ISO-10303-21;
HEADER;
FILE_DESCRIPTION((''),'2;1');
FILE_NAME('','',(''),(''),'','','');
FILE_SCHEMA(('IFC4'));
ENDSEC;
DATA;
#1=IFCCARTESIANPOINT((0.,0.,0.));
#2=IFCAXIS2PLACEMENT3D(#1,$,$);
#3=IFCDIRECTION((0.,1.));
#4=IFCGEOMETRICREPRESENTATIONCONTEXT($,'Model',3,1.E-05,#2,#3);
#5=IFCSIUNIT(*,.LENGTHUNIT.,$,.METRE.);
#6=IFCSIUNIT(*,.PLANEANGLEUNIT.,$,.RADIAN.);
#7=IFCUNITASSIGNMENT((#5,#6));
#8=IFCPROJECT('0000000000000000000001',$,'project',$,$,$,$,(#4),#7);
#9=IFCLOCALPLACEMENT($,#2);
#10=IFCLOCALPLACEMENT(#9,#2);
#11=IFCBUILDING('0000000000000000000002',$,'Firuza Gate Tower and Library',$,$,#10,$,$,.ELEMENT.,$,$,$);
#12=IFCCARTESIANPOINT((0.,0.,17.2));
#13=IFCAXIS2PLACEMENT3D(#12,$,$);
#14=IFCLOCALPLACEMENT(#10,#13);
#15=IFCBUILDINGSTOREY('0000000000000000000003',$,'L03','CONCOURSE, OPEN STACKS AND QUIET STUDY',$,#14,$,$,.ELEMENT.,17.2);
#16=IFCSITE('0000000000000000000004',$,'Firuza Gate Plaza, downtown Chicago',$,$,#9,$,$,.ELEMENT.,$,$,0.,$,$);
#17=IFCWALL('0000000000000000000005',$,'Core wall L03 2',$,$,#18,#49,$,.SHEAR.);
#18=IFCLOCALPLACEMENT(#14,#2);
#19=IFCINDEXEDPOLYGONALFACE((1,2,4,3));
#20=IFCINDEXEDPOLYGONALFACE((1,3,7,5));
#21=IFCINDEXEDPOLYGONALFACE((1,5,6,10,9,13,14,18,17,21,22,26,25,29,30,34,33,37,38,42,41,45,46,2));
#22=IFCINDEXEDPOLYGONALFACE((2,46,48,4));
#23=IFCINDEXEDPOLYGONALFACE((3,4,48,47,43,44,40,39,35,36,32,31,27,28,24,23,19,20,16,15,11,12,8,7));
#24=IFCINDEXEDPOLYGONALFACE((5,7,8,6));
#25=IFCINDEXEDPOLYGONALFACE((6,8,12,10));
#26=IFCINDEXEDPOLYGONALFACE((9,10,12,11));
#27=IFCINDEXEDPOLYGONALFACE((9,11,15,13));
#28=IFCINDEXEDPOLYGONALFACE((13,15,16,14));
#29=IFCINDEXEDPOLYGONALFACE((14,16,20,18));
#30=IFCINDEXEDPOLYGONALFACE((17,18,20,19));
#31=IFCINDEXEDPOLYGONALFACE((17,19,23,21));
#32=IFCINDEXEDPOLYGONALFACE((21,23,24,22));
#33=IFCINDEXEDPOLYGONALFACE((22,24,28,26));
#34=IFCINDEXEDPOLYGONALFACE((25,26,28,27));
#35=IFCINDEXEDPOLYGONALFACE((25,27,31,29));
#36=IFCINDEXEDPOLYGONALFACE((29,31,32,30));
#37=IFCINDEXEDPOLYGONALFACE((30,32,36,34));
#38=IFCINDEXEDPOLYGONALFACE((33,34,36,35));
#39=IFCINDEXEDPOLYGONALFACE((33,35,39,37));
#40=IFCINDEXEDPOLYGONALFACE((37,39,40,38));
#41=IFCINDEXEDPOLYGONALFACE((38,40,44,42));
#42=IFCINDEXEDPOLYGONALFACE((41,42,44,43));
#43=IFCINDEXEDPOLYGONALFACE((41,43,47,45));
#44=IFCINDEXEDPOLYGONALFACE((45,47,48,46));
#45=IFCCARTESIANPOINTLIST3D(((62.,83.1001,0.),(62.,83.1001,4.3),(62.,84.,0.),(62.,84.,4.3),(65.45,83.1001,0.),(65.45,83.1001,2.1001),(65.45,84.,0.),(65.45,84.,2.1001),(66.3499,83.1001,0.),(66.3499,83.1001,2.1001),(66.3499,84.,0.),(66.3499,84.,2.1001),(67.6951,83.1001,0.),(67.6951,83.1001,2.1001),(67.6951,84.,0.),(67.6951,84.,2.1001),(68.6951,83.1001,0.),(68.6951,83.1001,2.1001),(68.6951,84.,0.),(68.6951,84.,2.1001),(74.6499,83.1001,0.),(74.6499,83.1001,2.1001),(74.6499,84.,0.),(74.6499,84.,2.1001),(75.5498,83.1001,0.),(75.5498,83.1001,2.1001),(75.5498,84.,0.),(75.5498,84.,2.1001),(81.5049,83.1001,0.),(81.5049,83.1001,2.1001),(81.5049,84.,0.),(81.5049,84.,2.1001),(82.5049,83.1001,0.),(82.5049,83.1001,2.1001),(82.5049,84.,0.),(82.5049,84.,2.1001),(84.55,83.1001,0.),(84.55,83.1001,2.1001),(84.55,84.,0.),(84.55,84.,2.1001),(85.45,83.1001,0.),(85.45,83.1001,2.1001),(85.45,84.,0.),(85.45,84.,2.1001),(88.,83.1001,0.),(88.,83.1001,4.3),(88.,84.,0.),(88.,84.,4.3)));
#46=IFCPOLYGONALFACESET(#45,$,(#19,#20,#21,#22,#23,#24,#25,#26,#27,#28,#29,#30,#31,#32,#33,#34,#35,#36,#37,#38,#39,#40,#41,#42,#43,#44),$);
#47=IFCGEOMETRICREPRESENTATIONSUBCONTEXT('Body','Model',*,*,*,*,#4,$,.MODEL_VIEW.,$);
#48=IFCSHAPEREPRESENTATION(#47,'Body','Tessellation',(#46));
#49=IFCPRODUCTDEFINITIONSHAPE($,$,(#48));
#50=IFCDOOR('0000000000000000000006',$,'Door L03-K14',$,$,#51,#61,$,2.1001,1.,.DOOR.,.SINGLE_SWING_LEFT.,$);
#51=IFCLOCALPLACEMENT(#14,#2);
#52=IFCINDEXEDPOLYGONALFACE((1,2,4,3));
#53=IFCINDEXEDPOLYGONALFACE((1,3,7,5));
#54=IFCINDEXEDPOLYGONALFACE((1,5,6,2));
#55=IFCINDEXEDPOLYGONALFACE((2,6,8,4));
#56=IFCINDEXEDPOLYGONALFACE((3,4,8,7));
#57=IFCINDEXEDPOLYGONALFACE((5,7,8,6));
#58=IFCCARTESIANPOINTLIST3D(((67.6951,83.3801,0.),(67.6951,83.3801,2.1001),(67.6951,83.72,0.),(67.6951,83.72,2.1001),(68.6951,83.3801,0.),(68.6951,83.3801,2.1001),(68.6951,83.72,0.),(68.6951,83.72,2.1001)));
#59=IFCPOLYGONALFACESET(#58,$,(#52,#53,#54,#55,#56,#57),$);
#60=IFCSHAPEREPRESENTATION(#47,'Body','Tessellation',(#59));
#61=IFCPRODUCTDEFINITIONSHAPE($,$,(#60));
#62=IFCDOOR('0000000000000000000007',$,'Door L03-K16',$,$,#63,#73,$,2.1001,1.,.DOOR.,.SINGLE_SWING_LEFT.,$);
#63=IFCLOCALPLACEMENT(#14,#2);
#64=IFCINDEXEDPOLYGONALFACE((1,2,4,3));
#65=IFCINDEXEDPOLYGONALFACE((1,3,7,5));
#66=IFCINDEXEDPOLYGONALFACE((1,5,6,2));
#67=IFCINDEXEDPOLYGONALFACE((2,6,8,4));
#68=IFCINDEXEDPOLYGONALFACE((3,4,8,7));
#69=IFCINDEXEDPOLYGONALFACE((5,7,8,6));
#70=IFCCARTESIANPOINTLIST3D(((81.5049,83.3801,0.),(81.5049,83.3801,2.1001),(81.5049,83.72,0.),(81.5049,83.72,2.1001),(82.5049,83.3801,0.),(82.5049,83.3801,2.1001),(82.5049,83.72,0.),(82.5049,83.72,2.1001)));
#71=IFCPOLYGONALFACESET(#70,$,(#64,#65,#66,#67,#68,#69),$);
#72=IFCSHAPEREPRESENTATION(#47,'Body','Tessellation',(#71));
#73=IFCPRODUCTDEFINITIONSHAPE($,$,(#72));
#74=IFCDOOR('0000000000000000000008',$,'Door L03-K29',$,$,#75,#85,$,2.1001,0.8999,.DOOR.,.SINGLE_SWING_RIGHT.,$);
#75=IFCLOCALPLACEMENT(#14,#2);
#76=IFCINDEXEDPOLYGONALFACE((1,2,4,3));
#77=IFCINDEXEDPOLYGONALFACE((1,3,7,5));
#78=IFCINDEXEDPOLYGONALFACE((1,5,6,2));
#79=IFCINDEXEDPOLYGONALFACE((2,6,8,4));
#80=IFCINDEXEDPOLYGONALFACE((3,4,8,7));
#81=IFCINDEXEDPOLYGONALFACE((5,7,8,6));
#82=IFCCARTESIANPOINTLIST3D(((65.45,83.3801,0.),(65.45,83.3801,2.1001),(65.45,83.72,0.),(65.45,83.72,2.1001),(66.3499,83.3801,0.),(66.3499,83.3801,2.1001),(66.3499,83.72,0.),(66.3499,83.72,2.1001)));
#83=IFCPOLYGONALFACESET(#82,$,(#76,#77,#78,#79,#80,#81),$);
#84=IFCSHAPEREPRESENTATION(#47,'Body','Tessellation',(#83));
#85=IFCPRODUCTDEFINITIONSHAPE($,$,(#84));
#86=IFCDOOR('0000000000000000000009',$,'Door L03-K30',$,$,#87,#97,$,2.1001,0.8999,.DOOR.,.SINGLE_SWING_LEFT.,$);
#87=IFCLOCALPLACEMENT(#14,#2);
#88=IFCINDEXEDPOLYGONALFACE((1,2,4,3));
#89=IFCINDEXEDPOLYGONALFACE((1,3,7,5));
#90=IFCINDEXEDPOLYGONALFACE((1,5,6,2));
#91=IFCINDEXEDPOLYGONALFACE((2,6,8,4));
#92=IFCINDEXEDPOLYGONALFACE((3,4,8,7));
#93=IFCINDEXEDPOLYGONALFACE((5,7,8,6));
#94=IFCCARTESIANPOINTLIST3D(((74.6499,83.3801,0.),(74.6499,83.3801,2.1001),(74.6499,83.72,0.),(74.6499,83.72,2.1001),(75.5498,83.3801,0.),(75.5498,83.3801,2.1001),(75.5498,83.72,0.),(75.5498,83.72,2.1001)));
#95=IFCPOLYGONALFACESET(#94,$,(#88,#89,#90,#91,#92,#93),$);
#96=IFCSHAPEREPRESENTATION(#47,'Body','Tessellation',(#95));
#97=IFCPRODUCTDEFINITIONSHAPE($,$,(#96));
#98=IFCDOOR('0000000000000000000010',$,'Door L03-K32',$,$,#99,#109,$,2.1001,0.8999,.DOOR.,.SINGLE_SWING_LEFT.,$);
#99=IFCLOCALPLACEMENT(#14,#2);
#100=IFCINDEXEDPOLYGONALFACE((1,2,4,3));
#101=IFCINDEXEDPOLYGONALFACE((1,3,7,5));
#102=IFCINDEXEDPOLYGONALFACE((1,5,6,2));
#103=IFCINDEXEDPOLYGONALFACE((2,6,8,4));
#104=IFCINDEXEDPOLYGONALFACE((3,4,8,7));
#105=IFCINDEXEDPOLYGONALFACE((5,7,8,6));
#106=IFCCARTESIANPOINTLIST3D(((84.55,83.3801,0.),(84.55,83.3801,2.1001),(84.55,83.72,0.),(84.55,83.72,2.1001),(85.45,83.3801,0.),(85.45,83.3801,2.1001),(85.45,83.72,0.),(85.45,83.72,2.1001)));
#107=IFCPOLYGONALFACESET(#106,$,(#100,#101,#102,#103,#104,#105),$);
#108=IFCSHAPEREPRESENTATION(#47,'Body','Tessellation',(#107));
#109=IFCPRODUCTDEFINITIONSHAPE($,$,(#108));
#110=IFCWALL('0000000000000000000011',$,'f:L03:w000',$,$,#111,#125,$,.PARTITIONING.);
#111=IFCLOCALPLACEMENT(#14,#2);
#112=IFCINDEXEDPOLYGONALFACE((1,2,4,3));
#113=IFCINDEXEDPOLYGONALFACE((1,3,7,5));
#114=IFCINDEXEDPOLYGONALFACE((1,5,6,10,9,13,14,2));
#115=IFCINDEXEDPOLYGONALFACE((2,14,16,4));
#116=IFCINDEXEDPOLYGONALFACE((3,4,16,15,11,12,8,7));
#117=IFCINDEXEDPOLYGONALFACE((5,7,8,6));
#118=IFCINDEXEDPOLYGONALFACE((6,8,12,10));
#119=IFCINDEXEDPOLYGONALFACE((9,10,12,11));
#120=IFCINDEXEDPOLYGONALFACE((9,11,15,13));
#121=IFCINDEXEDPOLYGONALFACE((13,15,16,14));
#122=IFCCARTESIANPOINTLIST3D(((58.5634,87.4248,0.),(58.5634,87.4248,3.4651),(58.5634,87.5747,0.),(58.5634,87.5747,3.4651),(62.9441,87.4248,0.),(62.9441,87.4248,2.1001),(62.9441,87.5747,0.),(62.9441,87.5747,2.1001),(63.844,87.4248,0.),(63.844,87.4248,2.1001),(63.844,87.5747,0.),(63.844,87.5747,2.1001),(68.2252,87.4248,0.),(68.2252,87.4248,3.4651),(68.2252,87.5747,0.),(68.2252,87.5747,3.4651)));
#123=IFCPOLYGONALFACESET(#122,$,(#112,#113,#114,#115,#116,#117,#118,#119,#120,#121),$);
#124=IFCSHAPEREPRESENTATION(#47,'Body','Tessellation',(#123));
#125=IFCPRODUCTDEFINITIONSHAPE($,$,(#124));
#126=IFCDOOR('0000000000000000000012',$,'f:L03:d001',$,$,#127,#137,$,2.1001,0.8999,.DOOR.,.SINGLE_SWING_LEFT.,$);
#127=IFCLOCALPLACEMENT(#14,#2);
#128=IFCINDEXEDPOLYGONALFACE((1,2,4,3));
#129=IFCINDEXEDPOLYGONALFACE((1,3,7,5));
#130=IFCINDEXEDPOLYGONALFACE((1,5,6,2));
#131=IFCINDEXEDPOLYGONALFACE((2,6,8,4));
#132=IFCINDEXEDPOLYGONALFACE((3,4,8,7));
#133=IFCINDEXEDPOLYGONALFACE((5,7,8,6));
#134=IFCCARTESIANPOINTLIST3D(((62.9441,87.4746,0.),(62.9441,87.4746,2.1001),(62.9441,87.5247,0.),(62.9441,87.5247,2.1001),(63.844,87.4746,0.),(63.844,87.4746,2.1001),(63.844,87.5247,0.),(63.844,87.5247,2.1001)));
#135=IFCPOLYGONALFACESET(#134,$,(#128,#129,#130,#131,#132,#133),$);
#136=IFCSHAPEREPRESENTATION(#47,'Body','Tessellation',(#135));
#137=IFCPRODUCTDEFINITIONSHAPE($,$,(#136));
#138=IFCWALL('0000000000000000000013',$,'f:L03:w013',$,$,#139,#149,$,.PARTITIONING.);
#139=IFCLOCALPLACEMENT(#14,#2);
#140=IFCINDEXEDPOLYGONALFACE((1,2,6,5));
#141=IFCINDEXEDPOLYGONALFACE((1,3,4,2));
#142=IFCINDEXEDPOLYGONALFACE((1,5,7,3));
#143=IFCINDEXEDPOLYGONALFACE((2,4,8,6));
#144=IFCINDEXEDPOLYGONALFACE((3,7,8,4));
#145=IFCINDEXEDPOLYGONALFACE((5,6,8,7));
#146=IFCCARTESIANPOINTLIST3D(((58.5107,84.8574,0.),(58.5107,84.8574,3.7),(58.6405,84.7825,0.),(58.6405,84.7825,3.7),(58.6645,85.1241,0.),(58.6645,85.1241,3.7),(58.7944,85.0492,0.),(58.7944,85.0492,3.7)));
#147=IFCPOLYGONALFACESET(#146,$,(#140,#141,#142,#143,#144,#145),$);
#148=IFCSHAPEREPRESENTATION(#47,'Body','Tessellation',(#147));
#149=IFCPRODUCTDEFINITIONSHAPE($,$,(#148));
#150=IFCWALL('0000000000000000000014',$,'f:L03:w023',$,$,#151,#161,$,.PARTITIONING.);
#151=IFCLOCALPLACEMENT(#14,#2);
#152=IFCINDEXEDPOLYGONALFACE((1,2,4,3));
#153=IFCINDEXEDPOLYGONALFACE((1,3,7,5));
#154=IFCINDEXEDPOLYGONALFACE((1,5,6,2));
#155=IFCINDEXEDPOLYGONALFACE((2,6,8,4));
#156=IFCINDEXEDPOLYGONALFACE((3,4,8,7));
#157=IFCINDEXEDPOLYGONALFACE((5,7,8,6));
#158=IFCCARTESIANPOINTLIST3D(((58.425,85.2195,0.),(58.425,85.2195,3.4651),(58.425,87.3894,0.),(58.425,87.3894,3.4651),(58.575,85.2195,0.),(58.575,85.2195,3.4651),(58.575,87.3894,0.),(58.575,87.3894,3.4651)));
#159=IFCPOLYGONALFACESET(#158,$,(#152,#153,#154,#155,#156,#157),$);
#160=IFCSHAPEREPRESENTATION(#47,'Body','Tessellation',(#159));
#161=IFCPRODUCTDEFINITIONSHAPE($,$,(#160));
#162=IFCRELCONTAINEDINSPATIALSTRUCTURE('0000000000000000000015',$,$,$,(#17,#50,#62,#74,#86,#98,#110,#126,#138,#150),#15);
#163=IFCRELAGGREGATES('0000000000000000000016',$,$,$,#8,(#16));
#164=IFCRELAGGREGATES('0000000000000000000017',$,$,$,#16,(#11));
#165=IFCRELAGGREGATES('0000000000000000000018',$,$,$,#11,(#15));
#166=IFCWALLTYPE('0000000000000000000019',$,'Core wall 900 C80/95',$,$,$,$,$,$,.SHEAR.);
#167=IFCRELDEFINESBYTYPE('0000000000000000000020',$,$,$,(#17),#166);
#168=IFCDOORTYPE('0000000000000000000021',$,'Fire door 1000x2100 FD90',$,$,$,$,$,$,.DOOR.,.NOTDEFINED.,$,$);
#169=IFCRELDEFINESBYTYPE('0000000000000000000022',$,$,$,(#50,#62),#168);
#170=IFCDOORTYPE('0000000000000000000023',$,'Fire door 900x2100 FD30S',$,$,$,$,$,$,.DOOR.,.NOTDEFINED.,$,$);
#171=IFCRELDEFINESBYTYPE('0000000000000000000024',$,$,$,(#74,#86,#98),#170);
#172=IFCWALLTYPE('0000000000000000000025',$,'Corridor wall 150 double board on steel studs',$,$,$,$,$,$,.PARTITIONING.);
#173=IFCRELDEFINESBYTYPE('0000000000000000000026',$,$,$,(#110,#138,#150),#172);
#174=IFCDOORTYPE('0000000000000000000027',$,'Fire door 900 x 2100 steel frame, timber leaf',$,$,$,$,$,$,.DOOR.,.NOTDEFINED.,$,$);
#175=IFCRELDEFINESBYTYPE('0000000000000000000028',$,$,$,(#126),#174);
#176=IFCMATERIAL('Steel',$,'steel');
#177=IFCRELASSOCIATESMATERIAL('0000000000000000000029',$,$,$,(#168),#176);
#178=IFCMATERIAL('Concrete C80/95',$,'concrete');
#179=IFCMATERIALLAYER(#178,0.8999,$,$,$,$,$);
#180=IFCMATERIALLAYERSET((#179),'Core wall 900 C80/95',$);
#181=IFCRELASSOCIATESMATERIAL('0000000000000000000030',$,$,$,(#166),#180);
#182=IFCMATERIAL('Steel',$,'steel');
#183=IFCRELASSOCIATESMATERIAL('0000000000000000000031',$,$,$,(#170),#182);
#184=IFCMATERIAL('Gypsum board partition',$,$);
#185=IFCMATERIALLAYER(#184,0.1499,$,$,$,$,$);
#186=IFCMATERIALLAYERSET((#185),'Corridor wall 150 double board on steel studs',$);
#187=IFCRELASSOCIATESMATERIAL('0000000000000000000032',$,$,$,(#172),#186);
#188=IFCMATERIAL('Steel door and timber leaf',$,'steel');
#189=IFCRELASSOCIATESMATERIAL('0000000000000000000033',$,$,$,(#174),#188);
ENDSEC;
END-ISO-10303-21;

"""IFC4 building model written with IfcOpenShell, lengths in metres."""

from ifc_helpers import new_model, si_unit, direction, frame, frame_2d, origin, place, context, subcontext, project, spatial, rectangle, extrude, material, layer, layer_set, type_object, element, fill, save


model = new_model("IFC4")

# Units and contexts
model_context = context("Model", 3, precision=1e-05, world=origin(), true_north=direction((0.0, 1.0)))
body_context = subcontext(model_context, "Body", "Model", "MODEL_VIEW")
ifc_project = project(units=[si_unit("LENGTHUNIT", "METRE"), si_unit("PLANEANGLEUNIT", "RADIAN")], contexts=[model_context])

# Site, building, storey
site_placement = place(None, origin())
site = spatial("IfcSite", under=ifc_project, at=site_placement, Name="Firuza Gate Plaza, downtown Chicago", CompositionType="ELEMENT", RefElevation=0.0)
building_placement = place(site_placement, origin())
building = spatial("IfcBuilding", under=site, at=building_placement, Name="Firuza Gate Tower and Library", CompositionType="ELEMENT")
storey_placement = place(building_placement, frame((0.0, 0.0, 17.2)))
storey = spatial("IfcBuildingStorey", under=building, at=storey_placement, Name="L03", Description="CONCOURSE, OPEN STACKS AND QUIET STUDY", CompositionType="ELEMENT", Elevation=17.2)

# Shared definitions
ifc_material_1 = material(Name="Steel", Category="steel")
door_type_1 = type_object("IfcDoorType", Name="Fire door 1000x2100 FD90", OperationType="NOTDEFINED", PredefinedType="DOOR", material=ifc_material_1)

# Wall, openings, doors
ifc_material_2 = material(Name="Concrete C80/95", Category="concrete")
ifc_layer_1 = layer(ifc_material_2, 0.8999)
ifc_layer_set_1 = layer_set([ifc_layer_1], Name="Core wall 900 C80/95")
wall_type_1 = type_object("IfcWallType", Name="Core wall 900 C80/95", PredefinedType="SHEAR", material=ifc_layer_set_1)
wall_1_placement = place(storey_placement, frame((62.0, 83.55, 0.0), z_axis=(0.0, 0.0, 1.0), x_axis=(1.0, 0.0, 0.0)))
wall_1 = element("IfcWall", 1, at=wall_1_placement, inside=storey, type_object=wall_type_1, Name="Core wall L03 2", PredefinedType="SHEAR", context=body_context, shape_type="SweptSolid", body=[
    extrude(rectangle(XDim=26.0, YDim=0.8999, at=frame_2d((13.0, 0.0))), origin(), (0.0, 0.0, 1.0), 4.3),
])
opening_1_placement = place(wall_1_placement, frame((5.6951, 0.0, 0.0)))
opening_1 = element("IfcOpeningElement", 2, at=opening_1_placement, cuts=wall_1, PredefinedType="OPENING", context=body_context, shape_type="SweptSolid", body=[
    extrude(rectangle(XDim=1.0, YDim=2.1001, at=frame_2d((0.5, 1.05))), frame((0.0, 0.46, 0.0), z_axis=(0.0, -1.0, 0.0), x_axis=(1.0, 0.0, 0.0)), (0.0, 0.0, 1.0), 0.9199),
])
opening_2_placement = place(wall_1_placement, frame((19.5049, 0.0, 0.0)))
opening_2 = element("IfcOpeningElement", 3, at=opening_2_placement, cuts=wall_1, PredefinedType="OPENING", context=body_context, shape_type="SweptSolid", body=[
    extrude(rectangle(XDim=1.0, YDim=2.1001, at=frame_2d((0.5, 1.05))), frame((0.0, 0.46, 0.0), z_axis=(0.0, -1.0, 0.0), x_axis=(1.0, 0.0, 0.0)), (0.0, 0.0, 1.0), 0.9199),
])
opening_3_placement = place(wall_1_placement, frame((3.45, 0.0, 0.0)))
opening_3 = element("IfcOpeningElement", 4, at=opening_3_placement, cuts=wall_1, PredefinedType="OPENING", context=body_context, shape_type="SweptSolid", body=[
    extrude(rectangle(XDim=0.8999, YDim=2.1001, at=frame_2d((0.45, 1.05))), frame((0.0, 0.46, 0.0), z_axis=(0.0, -1.0, 0.0), x_axis=(1.0, 0.0, 0.0)), (0.0, 0.0, 1.0), 0.9199),
])
opening_4_placement = place(wall_1_placement, frame((12.6499, 0.0, 0.0)))
opening_4 = element("IfcOpeningElement", 5, at=opening_4_placement, cuts=wall_1, PredefinedType="OPENING", context=body_context, shape_type="SweptSolid", body=[
    extrude(rectangle(XDim=0.8999, YDim=2.1001, at=frame_2d((0.45, 1.05))), frame((0.0, 0.46, 0.0), z_axis=(0.0, -1.0, 0.0), x_axis=(1.0, 0.0, 0.0)), (0.0, 0.0, 1.0), 0.9199),
])
opening_5_placement = place(wall_1_placement, frame((22.55, 0.0, 0.0)))
opening_5 = element("IfcOpeningElement", 6, at=opening_5_placement, cuts=wall_1, PredefinedType="OPENING", context=body_context, shape_type="SweptSolid", body=[
    extrude(rectangle(XDim=0.8999, YDim=2.1001, at=frame_2d((0.45, 1.05))), frame((0.0, 0.46, 0.0), z_axis=(0.0, -1.0, 0.0), x_axis=(1.0, 0.0, 0.0)), (0.0, 0.0, 1.0), 0.9199),
])
door_1_placement = place(opening_1_placement, origin())
door_1 = element("IfcDoor", 7, at=door_1_placement, inside=storey, type_object=door_type_1, Name="Door L03-K14", OperationType="SINGLE_SWING_LEFT", OverallHeight=2.1001, OverallWidth=1.0, PredefinedType="DOOR", context=body_context, shape_type="SweptSolid", body=[
    extrude(rectangle(XDim=1.0, YDim=2.1001, at=frame_2d((0.5, 1.05))), frame((0.0, 0.1699, 0.0), z_axis=(0.0, -1.0, 0.0), x_axis=(1.0, 0.0, 0.0)), (0.0, 0.0, 1.0), 0.3398),
])
fill(opening_1, door_1)
door_2_placement = place(opening_2_placement, origin())
door_2 = element("IfcDoor", 8, at=door_2_placement, inside=storey, type_object=door_type_1, Name="Door L03-K16", OperationType="SINGLE_SWING_LEFT", OverallHeight=2.1001, OverallWidth=1.0, PredefinedType="DOOR", context=body_context, shape_type="SweptSolid", body=[
    extrude(rectangle(XDim=1.0, YDim=2.1001, at=frame_2d((0.5, 1.05))), frame((0.0, 0.1699, 0.0), z_axis=(0.0, -1.0, 0.0), x_axis=(1.0, 0.0, 0.0)), (0.0, 0.0, 1.0), 0.3398),
])
fill(opening_2, door_2)
ifc_material_3 = material(Name="Steel", Category="steel")
door_type_2 = type_object("IfcDoorType", Name="Fire door 900x2100 FD30S", OperationType="NOTDEFINED", PredefinedType="DOOR", material=ifc_material_3)
door_3_placement = place(opening_3_placement, origin())
door_3 = element("IfcDoor", 9, at=door_3_placement, inside=storey, type_object=door_type_2, Name="Door L03-K29", OperationType="SINGLE_SWING_RIGHT", OverallHeight=2.1001, OverallWidth=0.8999, PredefinedType="DOOR", context=body_context, shape_type="SweptSolid", body=[
    extrude(rectangle(XDim=0.8999, YDim=2.1001, at=frame_2d((0.45, 1.05))), frame((0.0, 0.1699, 0.0), z_axis=(0.0, -1.0, 0.0), x_axis=(1.0, 0.0, 0.0)), (0.0, 0.0, 1.0), 0.3398),
])
fill(opening_3, door_3)
door_4_placement = place(opening_4_placement, origin())
door_4 = element("IfcDoor", 10, at=door_4_placement, inside=storey, type_object=door_type_2, Name="Door L03-K30", OperationType="SINGLE_SWING_LEFT", OverallHeight=2.1001, OverallWidth=0.8999, PredefinedType="DOOR", context=body_context, shape_type="SweptSolid", body=[
    extrude(rectangle(XDim=0.8999, YDim=2.1001, at=frame_2d((0.45, 1.05))), frame((0.0, 0.1699, 0.0), z_axis=(0.0, -1.0, 0.0), x_axis=(1.0, 0.0, 0.0)), (0.0, 0.0, 1.0), 0.3398),
])
fill(opening_4, door_4)
door_5_placement = place(opening_5_placement, origin())
door_5 = element("IfcDoor", 11, at=door_5_placement, inside=storey, type_object=door_type_2, Name="Door L03-K32", OperationType="SINGLE_SWING_LEFT", OverallHeight=2.1001, OverallWidth=0.8999, PredefinedType="DOOR", context=body_context, shape_type="SweptSolid", body=[
    extrude(rectangle(XDim=0.8999, YDim=2.1001, at=frame_2d((0.45, 1.05))), frame((0.0, 0.1699, 0.0), z_axis=(0.0, -1.0, 0.0), x_axis=(1.0, 0.0, 0.0)), (0.0, 0.0, 1.0), 0.3398),
])
fill(opening_5, door_5)

# Wall, opening, door
ifc_material_4 = material(Name="Gypsum board partition")
ifc_layer_2 = layer(ifc_material_4, 0.1499)
ifc_layer_set_2 = layer_set([ifc_layer_2], Name="Corridor wall 150 double board on steel studs")
wall_type_2 = type_object("IfcWallType", Name="Corridor wall 150 double board on steel studs", PredefinedType="PARTITIONING", material=ifc_layer_set_2)
wall_2_placement = place(storey_placement, frame((58.5632, 87.4998, 0.0), z_axis=(0.0, 0.0, 1.0), x_axis=(1.0, 0.0, 0.0)))
wall_2 = element("IfcWall", 12, at=wall_2_placement, inside=storey, type_object=wall_type_2, Name="f:L03:w000", PredefinedType="PARTITIONING", context=body_context, shape_type="SweptSolid", body=[
    extrude(rectangle(XDim=9.6619, YDim=0.1499, at=frame_2d((4.8311, 0.0))), origin(), (0.0, 0.0, 1.0), 3.4651),
])
opening_6_placement = place(wall_2_placement, frame((4.3809, 0.0, 0.0)))
opening_6 = element("IfcOpeningElement", 13, at=opening_6_placement, cuts=wall_2, PredefinedType="OPENING", context=body_context, shape_type="SweptSolid", body=[
    extrude(rectangle(XDim=0.8999, YDim=2.1001, at=frame_2d((0.45, 1.05))), frame((0.0, 0.085, 0.0), z_axis=(0.0, -1.0, 0.0), x_axis=(1.0, 0.0, 0.0)), (0.0, 0.0, 1.0), 0.1699),
])
ifc_material_5 = material(Name="Steel door and timber leaf", Category="steel")
door_type_3 = type_object("IfcDoorType", Name="Fire door 900 x 2100 steel frame, timber leaf", OperationType="NOTDEFINED", PredefinedType="DOOR", material=ifc_material_5)
door_6_placement = place(opening_6_placement, origin())
door_6 = element("IfcDoor", 14, at=door_6_placement, inside=storey, type_object=door_type_3, Name="f:L03:d001", OperationType="SINGLE_SWING_LEFT", OverallHeight=2.1001, OverallWidth=0.8999, PredefinedType="DOOR", context=body_context, shape_type="SweptSolid", body=[
    extrude(rectangle(XDim=0.8999, YDim=2.1001, at=frame_2d((0.45, 1.05))), frame((0.0, 0.0249, 0.0), z_axis=(0.0, -1.0, 0.0), x_axis=(1.0, 0.0, 0.0)), (0.0, 0.0, 1.0), 0.05),
])
fill(opening_6, door_6)

# Walls
wall_3_placement = place(storey_placement, frame((58.5757, 84.8201, 0.0), z_axis=(0.0, 0.0, 1.0), x_axis=(0.499722, 0.866186, 0.0)))
element("IfcWall", 15, at=wall_3_placement, inside=storey, type_object=wall_type_2, Name="f:L03:w013", PredefinedType="PARTITIONING", context=body_context, shape_type="SweptSolid", body=[
    extrude(rectangle(XDim=0.3079, YDim=0.1499, at=frame_2d((0.1538, 0.0))), origin(), (0.0, 0.0, 1.0), 3.7),
])
wall_4_placement = place(storey_placement, frame((58.5, 85.2195, 0.0), z_axis=(0.0, 0.0, 1.0), x_axis=(0.0, 1.0, 0.0)))
element("IfcWall", 16, at=wall_4_placement, inside=storey, type_object=wall_type_2, Name="f:L03:w023", PredefinedType="PARTITIONING", context=body_context, shape_type="SweptSolid", body=[
    extrude(rectangle(XDim=2.1699, YDim=0.1499, at=frame_2d((1.085, 0.0))), origin(), (0.0, 0.0, 1.0), 3.4651),
])

save(model, "model.ifc")
